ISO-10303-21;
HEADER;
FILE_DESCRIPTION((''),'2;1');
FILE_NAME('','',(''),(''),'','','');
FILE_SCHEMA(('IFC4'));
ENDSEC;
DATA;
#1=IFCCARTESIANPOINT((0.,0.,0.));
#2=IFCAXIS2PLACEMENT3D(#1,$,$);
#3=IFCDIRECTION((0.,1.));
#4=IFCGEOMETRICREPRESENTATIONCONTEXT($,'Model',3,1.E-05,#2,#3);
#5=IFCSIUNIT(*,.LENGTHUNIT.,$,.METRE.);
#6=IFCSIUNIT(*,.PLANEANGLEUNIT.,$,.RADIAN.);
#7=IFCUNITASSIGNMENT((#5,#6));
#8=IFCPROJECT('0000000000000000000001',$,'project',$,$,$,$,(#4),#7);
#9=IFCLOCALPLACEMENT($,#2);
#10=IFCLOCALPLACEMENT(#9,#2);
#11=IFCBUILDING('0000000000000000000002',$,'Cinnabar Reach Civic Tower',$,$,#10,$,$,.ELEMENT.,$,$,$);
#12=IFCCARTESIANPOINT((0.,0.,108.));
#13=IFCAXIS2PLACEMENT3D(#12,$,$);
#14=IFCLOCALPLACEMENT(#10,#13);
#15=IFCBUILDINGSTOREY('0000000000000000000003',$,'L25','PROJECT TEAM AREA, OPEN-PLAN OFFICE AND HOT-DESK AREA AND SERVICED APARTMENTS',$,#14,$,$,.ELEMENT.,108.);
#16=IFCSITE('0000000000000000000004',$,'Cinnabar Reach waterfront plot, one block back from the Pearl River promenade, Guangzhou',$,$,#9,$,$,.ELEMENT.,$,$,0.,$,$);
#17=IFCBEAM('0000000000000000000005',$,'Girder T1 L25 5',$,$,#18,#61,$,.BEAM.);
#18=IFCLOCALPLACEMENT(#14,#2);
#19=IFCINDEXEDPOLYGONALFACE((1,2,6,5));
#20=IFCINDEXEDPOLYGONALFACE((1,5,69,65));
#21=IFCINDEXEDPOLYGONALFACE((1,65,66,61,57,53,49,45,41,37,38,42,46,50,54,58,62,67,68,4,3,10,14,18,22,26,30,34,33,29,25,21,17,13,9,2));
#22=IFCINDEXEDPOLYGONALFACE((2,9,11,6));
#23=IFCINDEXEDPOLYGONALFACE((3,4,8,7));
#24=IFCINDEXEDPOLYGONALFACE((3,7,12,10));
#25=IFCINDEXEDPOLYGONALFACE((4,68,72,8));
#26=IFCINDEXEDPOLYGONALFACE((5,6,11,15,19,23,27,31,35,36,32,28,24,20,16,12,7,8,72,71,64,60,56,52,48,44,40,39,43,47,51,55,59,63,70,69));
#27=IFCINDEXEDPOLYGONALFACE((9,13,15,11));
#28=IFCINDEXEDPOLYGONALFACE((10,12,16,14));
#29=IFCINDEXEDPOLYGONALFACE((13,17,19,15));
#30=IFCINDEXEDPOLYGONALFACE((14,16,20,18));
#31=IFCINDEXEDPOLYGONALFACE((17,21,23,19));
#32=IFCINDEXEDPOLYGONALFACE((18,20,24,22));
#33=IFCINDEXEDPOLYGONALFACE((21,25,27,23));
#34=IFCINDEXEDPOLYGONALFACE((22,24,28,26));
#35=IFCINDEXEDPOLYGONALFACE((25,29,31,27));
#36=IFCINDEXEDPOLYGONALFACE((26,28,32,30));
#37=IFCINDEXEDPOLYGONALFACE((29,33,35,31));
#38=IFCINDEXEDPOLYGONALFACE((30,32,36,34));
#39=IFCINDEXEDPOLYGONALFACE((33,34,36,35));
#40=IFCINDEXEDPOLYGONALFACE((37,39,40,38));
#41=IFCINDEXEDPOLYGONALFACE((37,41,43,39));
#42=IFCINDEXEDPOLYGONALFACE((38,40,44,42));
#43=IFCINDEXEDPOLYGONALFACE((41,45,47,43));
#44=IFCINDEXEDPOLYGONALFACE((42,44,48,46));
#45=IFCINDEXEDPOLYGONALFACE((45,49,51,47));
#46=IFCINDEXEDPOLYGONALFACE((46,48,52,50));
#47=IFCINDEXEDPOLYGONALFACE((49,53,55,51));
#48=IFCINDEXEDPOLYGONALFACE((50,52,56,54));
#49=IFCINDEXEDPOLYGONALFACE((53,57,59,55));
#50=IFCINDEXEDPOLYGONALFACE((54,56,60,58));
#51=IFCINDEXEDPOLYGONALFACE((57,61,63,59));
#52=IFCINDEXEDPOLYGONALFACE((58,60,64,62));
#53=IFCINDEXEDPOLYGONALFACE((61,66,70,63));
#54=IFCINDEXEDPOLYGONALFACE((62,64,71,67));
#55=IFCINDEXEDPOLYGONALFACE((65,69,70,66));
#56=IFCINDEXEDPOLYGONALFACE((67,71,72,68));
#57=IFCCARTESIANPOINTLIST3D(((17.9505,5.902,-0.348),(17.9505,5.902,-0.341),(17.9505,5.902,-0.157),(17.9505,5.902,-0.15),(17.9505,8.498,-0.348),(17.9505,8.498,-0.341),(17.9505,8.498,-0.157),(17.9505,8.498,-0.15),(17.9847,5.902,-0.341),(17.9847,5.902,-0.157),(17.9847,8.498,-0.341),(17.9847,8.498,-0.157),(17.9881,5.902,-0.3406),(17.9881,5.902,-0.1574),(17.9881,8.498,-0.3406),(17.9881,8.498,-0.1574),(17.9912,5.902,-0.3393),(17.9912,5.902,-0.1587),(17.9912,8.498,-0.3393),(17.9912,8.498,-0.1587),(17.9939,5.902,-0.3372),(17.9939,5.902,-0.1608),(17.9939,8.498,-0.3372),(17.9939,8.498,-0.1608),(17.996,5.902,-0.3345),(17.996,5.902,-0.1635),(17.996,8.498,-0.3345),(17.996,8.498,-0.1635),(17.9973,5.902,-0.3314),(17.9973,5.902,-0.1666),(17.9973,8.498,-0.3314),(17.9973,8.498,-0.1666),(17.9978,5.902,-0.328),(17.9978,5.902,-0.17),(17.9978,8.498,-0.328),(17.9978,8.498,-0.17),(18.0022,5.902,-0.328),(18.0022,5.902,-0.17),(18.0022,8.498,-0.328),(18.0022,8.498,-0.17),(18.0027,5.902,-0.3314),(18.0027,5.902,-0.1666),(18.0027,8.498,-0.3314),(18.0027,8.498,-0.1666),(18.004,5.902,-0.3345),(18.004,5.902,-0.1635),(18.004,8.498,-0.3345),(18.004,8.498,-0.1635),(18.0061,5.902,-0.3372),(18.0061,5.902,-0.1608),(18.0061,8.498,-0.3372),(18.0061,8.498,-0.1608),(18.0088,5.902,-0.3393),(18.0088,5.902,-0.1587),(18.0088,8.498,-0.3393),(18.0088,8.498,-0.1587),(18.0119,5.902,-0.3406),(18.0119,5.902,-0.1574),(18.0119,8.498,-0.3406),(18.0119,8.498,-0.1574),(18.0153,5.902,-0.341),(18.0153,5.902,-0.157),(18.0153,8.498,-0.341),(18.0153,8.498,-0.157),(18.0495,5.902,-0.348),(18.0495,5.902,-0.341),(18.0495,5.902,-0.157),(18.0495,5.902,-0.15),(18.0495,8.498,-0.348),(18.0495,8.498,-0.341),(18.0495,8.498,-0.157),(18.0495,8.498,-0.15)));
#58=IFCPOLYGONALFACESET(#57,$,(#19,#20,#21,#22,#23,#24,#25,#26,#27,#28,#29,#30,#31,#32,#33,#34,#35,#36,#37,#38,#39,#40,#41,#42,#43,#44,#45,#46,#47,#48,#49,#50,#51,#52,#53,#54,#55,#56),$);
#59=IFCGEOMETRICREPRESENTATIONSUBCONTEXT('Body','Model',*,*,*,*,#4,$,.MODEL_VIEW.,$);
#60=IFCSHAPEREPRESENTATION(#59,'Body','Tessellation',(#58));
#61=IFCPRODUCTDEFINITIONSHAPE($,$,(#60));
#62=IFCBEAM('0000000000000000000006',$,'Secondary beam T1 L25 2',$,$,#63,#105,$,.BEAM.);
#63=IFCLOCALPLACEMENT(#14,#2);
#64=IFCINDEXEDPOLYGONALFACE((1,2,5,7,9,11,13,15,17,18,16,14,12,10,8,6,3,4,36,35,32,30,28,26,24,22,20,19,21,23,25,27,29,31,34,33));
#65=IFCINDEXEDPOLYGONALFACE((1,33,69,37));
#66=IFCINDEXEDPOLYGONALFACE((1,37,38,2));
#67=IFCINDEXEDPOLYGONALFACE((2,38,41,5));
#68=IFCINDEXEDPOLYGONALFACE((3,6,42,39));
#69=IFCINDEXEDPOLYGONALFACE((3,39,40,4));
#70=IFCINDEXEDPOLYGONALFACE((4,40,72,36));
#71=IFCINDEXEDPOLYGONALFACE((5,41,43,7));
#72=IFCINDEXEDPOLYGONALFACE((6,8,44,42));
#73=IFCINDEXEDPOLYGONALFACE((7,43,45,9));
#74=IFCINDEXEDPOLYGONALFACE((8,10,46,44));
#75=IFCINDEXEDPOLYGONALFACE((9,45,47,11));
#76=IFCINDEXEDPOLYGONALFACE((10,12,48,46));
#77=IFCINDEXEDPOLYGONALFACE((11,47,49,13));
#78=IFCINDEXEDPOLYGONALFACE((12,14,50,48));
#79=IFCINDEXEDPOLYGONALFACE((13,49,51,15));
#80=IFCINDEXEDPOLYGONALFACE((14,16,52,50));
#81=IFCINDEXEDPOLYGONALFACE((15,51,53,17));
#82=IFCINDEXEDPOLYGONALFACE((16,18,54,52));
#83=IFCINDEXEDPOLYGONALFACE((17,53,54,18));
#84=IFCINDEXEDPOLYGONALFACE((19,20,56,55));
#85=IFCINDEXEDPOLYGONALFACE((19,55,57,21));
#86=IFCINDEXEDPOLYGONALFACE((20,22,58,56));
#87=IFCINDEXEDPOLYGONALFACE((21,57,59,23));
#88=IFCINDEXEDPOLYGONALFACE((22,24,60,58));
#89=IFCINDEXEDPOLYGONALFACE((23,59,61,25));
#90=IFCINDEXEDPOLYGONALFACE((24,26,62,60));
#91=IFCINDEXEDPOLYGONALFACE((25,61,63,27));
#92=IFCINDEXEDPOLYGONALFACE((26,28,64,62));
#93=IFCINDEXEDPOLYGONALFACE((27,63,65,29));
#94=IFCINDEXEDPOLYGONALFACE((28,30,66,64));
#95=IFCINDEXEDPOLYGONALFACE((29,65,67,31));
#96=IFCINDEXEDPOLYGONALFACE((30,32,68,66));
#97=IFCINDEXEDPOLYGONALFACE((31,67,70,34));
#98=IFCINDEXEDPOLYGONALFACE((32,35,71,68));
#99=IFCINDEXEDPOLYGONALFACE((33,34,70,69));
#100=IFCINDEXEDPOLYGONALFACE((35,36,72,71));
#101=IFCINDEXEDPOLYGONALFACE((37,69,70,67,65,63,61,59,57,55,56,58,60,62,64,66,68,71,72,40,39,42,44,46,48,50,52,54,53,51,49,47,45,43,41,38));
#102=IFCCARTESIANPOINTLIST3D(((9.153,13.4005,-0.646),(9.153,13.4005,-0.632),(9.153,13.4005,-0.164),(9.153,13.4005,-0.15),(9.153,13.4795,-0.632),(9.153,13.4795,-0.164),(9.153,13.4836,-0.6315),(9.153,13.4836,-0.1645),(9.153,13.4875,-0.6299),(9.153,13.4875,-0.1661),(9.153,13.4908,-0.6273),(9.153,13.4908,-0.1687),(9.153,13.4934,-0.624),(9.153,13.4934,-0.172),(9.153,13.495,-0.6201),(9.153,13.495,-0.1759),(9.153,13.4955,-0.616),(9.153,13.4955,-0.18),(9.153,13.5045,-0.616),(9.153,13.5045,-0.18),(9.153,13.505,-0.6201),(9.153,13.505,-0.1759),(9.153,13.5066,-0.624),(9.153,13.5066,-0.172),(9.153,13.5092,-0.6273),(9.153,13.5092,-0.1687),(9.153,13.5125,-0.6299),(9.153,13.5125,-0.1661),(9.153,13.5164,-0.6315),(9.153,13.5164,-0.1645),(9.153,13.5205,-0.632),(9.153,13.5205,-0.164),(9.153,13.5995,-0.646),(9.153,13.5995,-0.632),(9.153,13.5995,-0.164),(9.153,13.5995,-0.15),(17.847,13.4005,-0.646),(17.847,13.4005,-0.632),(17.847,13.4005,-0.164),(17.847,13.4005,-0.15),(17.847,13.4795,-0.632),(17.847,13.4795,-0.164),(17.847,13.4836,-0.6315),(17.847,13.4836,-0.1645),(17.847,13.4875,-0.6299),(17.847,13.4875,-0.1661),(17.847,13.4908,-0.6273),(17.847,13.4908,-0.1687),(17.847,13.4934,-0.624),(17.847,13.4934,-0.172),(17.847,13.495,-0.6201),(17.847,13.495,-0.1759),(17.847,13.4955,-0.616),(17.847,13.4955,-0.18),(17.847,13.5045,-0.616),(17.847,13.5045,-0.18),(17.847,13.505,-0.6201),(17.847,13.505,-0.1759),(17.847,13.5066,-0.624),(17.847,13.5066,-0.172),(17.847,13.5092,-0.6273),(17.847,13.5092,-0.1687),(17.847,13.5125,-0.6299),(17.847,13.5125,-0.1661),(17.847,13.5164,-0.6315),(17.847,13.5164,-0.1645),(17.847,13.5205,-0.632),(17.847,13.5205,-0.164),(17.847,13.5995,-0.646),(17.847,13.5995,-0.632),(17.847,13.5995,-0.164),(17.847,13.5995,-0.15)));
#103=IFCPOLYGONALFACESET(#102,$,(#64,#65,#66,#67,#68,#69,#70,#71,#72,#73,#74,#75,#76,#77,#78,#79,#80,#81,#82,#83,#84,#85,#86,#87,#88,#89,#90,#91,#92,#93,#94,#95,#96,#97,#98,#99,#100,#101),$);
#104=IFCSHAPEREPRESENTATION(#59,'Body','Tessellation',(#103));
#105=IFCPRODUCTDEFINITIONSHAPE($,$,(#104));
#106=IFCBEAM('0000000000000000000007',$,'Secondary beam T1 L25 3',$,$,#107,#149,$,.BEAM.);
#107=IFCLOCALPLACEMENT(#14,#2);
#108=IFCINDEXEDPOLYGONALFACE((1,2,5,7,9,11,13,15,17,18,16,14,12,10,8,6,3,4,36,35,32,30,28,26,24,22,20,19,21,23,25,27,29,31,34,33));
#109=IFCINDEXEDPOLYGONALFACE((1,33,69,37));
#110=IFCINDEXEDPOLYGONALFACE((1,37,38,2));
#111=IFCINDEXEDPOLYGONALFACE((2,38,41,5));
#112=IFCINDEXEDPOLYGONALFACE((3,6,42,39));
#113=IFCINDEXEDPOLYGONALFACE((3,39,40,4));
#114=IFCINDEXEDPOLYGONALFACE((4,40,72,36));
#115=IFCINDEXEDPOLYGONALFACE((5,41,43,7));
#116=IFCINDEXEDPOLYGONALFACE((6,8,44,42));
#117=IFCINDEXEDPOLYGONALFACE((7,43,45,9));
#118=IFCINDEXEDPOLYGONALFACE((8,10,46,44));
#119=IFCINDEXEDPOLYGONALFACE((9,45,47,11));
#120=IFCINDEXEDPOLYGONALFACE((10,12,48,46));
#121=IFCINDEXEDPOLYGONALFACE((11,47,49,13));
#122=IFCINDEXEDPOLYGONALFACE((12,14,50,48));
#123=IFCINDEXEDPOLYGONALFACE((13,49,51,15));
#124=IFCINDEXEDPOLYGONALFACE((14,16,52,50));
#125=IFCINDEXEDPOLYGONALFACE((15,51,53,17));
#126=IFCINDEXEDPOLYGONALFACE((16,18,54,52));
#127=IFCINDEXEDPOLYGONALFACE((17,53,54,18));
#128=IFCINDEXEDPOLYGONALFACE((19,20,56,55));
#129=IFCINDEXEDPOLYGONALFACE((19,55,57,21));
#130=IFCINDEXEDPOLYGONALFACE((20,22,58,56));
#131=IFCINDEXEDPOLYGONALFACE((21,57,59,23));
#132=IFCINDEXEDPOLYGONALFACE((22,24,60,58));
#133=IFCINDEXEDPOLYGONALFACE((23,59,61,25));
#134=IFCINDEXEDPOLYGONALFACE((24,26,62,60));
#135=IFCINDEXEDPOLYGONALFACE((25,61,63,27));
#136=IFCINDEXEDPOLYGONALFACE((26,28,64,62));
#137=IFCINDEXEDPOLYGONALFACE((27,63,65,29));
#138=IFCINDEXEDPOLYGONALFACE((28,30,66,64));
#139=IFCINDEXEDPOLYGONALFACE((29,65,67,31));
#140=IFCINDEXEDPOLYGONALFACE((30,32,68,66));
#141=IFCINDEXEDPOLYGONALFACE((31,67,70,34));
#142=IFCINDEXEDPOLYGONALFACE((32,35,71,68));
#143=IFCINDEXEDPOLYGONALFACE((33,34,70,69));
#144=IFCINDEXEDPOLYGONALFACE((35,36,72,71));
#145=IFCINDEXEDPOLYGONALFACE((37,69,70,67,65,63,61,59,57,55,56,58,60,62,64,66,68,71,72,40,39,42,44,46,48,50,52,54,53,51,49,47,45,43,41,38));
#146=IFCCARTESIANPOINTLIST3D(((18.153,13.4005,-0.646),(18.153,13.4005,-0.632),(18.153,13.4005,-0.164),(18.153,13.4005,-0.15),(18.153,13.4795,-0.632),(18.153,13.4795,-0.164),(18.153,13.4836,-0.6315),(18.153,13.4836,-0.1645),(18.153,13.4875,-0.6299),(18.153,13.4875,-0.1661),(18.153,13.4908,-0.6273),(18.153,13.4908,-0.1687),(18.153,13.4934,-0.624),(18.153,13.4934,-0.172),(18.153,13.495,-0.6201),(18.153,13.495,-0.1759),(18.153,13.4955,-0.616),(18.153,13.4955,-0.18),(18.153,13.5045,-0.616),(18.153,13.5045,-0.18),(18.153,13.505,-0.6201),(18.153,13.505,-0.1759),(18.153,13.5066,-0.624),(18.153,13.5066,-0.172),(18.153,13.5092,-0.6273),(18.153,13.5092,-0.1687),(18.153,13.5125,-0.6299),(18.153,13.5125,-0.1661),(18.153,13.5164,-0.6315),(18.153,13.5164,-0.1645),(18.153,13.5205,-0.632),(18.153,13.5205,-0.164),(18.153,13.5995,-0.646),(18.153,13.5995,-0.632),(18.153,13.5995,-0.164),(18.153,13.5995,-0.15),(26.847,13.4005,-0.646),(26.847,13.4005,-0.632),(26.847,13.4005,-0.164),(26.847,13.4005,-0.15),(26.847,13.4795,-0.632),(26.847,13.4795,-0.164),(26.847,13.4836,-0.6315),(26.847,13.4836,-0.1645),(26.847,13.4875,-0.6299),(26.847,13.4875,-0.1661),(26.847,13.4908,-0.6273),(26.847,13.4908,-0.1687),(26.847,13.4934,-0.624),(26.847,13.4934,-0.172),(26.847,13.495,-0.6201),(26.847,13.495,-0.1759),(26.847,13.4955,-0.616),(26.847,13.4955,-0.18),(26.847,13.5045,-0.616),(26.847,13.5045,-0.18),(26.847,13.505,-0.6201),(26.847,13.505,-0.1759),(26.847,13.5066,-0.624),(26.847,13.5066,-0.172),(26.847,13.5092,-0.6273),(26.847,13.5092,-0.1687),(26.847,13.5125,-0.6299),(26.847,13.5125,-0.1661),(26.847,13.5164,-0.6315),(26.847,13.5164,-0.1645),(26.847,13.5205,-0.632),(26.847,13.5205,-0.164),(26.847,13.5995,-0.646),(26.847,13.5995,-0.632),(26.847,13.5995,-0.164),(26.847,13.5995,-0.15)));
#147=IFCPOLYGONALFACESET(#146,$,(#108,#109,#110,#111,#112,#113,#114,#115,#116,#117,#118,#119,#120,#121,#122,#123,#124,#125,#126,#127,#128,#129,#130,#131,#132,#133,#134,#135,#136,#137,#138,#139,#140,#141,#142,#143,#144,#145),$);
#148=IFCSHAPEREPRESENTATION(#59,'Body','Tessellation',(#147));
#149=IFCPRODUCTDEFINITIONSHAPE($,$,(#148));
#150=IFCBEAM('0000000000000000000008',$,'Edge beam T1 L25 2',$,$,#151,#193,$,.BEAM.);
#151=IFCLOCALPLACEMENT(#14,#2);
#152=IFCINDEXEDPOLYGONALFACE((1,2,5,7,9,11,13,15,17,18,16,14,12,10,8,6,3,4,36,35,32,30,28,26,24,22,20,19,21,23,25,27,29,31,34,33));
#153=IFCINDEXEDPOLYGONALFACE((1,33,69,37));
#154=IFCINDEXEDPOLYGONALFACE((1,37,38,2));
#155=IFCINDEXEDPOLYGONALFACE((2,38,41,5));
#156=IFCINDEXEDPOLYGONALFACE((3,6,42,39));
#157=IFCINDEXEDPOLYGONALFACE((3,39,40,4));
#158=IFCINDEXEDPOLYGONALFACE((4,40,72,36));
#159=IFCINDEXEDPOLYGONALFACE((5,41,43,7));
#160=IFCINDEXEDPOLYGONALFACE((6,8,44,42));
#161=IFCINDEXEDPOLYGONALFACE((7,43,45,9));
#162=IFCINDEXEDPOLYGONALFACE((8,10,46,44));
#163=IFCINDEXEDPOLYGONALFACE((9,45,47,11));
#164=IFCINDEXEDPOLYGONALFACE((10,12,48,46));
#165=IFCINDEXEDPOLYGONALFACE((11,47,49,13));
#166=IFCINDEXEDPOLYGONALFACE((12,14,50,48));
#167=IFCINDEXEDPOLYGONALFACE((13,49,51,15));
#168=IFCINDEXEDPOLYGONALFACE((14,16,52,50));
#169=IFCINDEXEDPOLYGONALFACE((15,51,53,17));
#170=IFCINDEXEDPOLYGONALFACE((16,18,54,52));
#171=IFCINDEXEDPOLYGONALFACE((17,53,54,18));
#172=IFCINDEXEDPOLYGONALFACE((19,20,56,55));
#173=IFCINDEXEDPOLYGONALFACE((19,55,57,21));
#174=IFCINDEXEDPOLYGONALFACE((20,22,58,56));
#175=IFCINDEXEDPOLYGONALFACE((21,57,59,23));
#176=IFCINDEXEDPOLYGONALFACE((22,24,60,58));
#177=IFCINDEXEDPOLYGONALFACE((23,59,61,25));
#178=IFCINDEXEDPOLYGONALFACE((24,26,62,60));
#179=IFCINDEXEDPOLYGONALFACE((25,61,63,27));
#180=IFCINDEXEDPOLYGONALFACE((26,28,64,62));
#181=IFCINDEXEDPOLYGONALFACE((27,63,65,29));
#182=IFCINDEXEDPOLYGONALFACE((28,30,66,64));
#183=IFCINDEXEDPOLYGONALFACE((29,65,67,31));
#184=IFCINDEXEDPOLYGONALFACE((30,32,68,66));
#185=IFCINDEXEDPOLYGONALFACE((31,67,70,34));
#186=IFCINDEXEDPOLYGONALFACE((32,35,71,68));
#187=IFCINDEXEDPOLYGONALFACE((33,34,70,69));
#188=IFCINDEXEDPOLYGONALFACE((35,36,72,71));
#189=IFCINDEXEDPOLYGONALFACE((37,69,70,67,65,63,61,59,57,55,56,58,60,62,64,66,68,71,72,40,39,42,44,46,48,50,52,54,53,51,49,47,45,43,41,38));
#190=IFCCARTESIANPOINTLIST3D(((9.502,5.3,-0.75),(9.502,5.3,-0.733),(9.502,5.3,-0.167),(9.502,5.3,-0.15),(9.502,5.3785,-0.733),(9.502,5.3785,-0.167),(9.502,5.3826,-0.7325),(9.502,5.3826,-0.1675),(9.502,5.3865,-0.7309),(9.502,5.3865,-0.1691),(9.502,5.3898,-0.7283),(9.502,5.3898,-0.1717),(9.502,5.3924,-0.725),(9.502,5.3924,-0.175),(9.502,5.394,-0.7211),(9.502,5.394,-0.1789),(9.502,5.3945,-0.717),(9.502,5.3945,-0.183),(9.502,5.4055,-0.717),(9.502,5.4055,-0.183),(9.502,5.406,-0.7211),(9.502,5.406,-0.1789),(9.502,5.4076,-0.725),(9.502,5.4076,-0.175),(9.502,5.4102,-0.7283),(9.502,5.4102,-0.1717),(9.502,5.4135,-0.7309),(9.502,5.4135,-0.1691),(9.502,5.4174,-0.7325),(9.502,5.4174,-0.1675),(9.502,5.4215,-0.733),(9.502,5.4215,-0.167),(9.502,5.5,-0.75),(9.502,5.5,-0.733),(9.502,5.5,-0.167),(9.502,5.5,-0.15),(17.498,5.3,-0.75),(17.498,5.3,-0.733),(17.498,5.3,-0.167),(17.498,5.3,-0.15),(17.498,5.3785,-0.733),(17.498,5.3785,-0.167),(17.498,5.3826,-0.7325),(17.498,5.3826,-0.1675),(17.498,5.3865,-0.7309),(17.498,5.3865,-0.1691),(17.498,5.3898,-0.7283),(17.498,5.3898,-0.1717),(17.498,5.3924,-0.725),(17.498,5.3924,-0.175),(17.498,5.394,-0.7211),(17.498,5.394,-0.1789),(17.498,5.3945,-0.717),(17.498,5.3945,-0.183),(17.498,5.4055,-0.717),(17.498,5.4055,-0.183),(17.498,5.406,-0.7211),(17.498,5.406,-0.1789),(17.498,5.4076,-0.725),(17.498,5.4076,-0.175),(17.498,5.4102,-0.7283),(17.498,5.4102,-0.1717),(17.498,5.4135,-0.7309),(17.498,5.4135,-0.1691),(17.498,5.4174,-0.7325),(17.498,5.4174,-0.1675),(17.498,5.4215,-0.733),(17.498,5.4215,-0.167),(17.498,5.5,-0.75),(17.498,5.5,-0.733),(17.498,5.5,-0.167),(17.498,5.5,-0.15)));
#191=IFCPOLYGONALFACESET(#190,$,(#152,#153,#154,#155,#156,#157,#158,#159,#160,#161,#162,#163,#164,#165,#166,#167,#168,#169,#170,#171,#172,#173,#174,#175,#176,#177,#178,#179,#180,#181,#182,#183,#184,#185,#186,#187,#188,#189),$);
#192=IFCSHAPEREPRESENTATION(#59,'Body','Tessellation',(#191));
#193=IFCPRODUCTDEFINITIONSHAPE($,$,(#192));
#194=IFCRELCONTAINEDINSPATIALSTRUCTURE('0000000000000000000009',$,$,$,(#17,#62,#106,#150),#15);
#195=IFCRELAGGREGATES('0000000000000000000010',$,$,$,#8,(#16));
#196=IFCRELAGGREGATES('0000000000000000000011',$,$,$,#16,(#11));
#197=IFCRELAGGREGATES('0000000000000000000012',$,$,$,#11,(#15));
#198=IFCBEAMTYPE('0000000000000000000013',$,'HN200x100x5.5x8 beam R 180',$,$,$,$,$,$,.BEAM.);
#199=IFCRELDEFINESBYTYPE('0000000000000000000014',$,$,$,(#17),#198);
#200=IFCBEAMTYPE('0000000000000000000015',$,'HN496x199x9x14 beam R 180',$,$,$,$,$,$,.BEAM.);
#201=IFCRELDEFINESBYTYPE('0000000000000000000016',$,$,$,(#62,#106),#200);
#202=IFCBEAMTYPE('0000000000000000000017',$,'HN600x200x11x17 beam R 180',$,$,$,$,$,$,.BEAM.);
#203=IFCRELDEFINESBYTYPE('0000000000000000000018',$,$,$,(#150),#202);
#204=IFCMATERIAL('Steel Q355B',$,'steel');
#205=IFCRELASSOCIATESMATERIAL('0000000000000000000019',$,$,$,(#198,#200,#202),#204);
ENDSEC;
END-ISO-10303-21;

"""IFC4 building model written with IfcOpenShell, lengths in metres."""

from ifc_helpers import new_model, si_unit, direction, frame, origin, origin_2d, place, context, subcontext, project, spatial, i_section, extrude, material, material_profile, profile_set, type_object, element, save


model = new_model("IFC4")

# Units and contexts
model_context = context("Model", 3, precision=1e-05, world=origin(), true_north=direction((0.0, 1.0)))
body_context = subcontext(model_context, "Body", "Model", "MODEL_VIEW")
ifc_project = project(units=[si_unit("LENGTHUNIT", "METRE"), si_unit("PLANEANGLEUNIT", "RADIAN")], contexts=[model_context])

# Site, building, storey
site_placement = place(None, origin())
site = spatial("IfcSite", under=ifc_project, at=site_placement, Name="Cinnabar Reach waterfront plot, one block back from the Pearl River promenade, Guangzhou", CompositionType="ELEMENT", RefElevation=0.0)
building_placement = place(site_placement, origin())
building = spatial("IfcBuilding", under=site, at=building_placement, Name="Cinnabar Reach Civic Tower", CompositionType="ELEMENT")
storey_placement = place(building_placement, frame((0.0, 0.0, 108.0)))
storey = spatial("IfcBuildingStorey", under=building, at=storey_placement, Name="L25", Description="PROJECT TEAM AREA, OPEN-PLAN OFFICE AND HOT-DESK AREA AND SERVICED APARTMENTS", CompositionType="ELEMENT", Elevation=108.0)

# Beams
ifc_material_1 = material(Name="Steel Q355B", Category="steel")
ifc_material_profile_1 = material_profile(ifc_material_1, i_section(OverallWidth=0.099, OverallDepth=0.198, WebThickness=0.0045, FlangeThickness=0.007, FilletRadius=0.013, at=origin_2d()), Name="HN200x100x5.5x8")
ifc_profile_set_1 = profile_set([ifc_material_profile_1], Name="Steel Q355B")
beam_type_1 = type_object("IfcBeamType", Name="HN200x100x5.5x8 beam R 180", PredefinedType="BEAM", material=ifc_profile_set_1)
for number, where, z_axis, x_axis, name in (
    (1, (18.0, 5.902, -0.249), (0.0, 1.0, 0.0), (-1.0, 0.0, 0.0), "Girder T1 L25 5"),
):
    element("IfcBeam", number, at=place(storey_placement, frame(where, z_axis=z_axis, x_axis=x_axis)), inside=storey, type_object=beam_type_1, Name=name, PredefinedType="BEAM", context=body_context, shape_type="SweptSolid", body=[
        extrude(i_section(OverallWidth=0.099, OverallDepth=0.198, WebThickness=0.0045, FlangeThickness=0.007, FilletRadius=0.013, at=origin_2d()), origin(), (0.0, 0.0, 1.0), 2.596),
    ])
ifc_material_profile_2 = material_profile(ifc_material_1, i_section(OverallWidth=0.199, OverallDepth=0.496, WebThickness=0.009, FlangeThickness=0.014, FilletRadius=0.016, at=origin_2d()), Name="HN496x199x9x14")
ifc_profile_set_2 = profile_set([ifc_material_profile_2], Name="Steel Q355B")
beam_type_2 = type_object("IfcBeamType", Name="HN496x199x9x14 beam R 180", PredefinedType="BEAM", material=ifc_profile_set_2)
for number, where, z_axis, x_axis, name in (
    (2, (9.153, 13.5, -0.398), (1.0, 0.0, 0.0), (0.0, 1.0, 0.0), "Secondary beam T1 L25 2"),
    (3, (18.153, 13.5, -0.398), (1.0, 0.0, 0.0), (0.0, 1.0, 0.0), "Secondary beam T1 L25 3"),
):
    element("IfcBeam", number, at=place(storey_placement, frame(where, z_axis=z_axis, x_axis=x_axis)), inside=storey, type_object=beam_type_2, Name=name, PredefinedType="BEAM", context=body_context, shape_type="SweptSolid", body=[
        extrude(i_section(OverallWidth=0.199, OverallDepth=0.496, WebThickness=0.009, FlangeThickness=0.014, FilletRadius=0.016, at=origin_2d()), origin(), (0.0, 0.0, 1.0), 8.694),
    ])
ifc_material_profile_3 = material_profile(ifc_material_1, i_section(OverallWidth=0.2, OverallDepth=0.6, WebThickness=0.011, FlangeThickness=0.017, FilletRadius=0.016, at=origin_2d()), Name="HN600x200x11x17")
ifc_profile_set_3 = profile_set([ifc_material_profile_3], Name="Steel Q355B")
beam_type_3 = type_object("IfcBeamType", Name="HN600x200x11x17 beam R 180", PredefinedType="BEAM", material=ifc_profile_set_3)
for number, where, z_axis, x_axis, name in (
    (4, (9.502, 5.4, -0.45), (1.0, 0.0, 0.0), (0.0, 1.0, 0.0), "Edge beam T1 L25 2"),
):
    element("IfcBeam", number, at=place(storey_placement, frame(where, z_axis=z_axis, x_axis=x_axis)), inside=storey, type_object=beam_type_3, Name=name, PredefinedType="BEAM", context=body_context, shape_type="SweptSolid", body=[
        extrude(i_section(OverallWidth=0.2, OverallDepth=0.6, WebThickness=0.011, FlangeThickness=0.017, FilletRadius=0.016, at=origin_2d()), origin(), (0.0, 0.0, 1.0), 7.996),
    ])

save(model, "model.ifc")
